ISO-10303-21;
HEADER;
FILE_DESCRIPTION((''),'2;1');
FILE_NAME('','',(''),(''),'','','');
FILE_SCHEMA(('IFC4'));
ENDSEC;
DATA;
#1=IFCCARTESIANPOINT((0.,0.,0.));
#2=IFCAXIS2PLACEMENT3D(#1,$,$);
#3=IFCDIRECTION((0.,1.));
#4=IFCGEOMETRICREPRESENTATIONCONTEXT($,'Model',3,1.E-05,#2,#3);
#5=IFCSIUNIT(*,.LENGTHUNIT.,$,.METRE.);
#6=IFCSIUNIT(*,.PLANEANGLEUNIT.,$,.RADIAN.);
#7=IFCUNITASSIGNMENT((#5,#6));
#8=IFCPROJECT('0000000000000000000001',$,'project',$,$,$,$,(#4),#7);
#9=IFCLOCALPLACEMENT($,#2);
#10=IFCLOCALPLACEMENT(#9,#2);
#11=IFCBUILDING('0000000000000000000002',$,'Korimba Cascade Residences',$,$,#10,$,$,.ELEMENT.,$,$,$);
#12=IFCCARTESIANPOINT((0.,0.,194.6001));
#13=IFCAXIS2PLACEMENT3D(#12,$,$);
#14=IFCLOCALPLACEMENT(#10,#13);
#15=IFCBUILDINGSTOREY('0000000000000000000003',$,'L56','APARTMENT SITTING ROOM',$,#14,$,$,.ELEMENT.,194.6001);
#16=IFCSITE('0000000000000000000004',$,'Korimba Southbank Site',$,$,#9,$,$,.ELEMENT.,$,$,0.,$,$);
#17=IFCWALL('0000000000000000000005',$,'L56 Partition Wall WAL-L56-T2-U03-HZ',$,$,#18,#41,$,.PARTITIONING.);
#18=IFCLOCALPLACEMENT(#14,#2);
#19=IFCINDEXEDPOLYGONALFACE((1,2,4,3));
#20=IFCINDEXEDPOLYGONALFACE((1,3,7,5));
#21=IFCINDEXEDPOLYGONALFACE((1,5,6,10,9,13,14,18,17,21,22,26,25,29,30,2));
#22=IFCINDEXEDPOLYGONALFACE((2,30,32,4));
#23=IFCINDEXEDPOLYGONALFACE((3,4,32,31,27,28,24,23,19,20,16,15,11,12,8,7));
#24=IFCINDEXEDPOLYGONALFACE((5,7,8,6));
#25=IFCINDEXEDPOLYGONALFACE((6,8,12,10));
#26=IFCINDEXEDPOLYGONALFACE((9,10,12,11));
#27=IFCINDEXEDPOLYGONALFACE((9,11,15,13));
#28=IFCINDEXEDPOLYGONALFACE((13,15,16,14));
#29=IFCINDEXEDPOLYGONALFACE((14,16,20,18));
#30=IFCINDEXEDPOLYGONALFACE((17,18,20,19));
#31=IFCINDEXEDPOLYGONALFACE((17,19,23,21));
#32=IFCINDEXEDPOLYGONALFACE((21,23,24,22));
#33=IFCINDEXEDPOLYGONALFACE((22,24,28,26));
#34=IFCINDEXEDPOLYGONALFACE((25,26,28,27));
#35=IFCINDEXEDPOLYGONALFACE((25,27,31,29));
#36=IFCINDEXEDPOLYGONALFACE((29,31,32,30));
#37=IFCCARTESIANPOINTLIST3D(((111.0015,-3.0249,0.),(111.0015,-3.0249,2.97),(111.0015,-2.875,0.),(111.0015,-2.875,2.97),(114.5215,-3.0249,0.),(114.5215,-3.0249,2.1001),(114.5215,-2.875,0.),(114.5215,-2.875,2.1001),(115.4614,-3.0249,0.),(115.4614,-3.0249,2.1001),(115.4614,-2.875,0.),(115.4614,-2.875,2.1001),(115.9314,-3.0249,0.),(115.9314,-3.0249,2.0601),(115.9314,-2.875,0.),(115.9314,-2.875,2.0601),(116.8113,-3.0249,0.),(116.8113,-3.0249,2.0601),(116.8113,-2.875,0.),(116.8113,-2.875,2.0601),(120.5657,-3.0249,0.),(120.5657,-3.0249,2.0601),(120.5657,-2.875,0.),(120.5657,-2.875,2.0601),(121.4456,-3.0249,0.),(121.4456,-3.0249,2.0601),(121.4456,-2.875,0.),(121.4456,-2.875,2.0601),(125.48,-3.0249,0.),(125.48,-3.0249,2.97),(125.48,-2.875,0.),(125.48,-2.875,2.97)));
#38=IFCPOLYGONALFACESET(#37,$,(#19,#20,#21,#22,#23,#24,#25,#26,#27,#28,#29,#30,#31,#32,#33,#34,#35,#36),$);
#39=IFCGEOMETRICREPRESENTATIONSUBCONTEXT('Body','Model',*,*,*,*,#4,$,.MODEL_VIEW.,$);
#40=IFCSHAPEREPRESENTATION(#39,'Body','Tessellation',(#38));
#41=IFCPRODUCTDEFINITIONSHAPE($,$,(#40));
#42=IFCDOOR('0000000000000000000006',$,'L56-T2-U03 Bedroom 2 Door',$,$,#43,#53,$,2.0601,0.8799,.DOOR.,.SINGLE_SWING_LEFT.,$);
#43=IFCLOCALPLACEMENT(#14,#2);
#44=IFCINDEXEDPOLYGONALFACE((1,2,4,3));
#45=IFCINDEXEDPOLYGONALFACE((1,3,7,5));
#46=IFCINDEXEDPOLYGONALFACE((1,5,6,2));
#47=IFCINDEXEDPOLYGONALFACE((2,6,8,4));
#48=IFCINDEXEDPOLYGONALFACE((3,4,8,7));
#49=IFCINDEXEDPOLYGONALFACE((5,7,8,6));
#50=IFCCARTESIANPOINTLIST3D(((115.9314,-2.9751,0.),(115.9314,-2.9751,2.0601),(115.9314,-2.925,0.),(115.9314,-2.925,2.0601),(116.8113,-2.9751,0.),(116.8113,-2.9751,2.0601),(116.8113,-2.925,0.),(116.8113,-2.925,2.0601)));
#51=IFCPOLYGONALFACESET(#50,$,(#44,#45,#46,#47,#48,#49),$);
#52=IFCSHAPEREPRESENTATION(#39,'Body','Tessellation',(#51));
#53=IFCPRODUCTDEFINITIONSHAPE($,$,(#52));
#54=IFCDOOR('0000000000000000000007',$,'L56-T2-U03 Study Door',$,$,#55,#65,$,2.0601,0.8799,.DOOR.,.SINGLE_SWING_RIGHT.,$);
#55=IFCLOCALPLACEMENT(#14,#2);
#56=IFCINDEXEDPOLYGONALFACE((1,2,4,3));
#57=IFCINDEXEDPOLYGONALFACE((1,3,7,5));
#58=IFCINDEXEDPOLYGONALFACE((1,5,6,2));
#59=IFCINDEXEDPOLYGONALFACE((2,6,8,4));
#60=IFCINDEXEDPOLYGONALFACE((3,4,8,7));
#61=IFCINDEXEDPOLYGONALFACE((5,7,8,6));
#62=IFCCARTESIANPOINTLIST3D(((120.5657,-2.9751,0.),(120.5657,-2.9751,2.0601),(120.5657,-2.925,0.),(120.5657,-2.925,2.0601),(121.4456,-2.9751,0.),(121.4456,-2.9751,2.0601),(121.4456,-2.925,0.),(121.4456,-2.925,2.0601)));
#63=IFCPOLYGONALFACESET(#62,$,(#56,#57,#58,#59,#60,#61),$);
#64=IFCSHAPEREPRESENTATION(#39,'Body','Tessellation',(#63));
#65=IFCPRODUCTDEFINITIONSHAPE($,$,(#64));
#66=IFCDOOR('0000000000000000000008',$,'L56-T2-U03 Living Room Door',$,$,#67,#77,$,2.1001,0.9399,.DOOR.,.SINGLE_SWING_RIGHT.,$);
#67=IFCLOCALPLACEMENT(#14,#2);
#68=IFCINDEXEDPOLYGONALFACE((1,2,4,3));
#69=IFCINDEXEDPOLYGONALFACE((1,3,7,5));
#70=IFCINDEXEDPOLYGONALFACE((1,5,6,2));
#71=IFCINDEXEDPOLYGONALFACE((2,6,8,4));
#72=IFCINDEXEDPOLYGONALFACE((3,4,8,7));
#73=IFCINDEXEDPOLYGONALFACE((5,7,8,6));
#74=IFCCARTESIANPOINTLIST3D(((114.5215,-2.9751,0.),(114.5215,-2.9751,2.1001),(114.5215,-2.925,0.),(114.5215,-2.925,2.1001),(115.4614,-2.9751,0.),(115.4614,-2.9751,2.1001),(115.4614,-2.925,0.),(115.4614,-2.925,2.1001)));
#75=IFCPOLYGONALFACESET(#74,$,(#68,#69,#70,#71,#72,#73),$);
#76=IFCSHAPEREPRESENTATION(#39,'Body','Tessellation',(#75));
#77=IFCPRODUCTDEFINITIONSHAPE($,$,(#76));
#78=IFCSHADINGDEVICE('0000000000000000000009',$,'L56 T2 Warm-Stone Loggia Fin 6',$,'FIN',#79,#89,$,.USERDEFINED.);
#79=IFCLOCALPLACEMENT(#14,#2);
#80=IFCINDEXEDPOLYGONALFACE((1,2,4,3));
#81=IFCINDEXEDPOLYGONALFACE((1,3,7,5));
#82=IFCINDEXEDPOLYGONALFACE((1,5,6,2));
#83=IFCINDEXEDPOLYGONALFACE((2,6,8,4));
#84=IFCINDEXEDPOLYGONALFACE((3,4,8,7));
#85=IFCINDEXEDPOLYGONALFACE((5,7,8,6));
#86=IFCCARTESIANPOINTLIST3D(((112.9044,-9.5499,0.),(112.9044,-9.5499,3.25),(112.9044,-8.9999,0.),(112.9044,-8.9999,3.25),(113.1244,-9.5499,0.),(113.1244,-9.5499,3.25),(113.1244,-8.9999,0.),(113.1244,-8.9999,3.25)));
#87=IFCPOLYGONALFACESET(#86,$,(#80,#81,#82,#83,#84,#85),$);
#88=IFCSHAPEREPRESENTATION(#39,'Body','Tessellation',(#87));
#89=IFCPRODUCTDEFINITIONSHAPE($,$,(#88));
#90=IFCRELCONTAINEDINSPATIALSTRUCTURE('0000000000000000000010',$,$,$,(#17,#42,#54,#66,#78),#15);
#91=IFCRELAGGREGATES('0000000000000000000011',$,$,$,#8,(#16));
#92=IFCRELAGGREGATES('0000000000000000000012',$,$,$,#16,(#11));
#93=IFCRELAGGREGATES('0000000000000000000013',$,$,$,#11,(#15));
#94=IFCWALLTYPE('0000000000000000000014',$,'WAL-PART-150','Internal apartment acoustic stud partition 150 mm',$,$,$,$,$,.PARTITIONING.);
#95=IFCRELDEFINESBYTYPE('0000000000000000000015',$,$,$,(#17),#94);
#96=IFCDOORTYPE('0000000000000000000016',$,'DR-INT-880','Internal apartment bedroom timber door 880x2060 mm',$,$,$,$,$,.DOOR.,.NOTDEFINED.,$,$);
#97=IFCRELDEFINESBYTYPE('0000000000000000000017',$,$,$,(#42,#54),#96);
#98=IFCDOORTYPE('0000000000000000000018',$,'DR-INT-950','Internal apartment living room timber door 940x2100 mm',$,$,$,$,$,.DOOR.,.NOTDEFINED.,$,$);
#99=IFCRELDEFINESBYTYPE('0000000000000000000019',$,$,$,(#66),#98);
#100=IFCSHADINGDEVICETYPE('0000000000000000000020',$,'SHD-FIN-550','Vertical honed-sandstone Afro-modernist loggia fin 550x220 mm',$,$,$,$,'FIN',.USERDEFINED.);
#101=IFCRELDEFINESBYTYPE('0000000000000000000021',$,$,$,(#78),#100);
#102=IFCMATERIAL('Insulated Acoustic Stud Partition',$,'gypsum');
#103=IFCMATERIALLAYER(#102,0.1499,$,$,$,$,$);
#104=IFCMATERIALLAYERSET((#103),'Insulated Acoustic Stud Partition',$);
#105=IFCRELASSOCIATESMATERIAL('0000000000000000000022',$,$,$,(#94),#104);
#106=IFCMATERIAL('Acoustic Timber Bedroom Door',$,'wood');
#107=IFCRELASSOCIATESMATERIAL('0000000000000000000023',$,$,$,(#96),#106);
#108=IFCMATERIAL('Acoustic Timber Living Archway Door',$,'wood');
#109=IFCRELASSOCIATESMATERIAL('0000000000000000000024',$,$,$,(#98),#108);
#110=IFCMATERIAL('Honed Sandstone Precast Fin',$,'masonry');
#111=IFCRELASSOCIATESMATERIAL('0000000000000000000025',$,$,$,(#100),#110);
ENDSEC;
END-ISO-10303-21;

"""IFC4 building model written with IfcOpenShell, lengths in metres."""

from ifc_helpers import new_model, si_unit, direction, frame, frame_2d, origin, origin_2d, place, context, subcontext, project, spatial, rectangle, extrude, material, layer, layer_set, type_object, element, fill, save


model = new_model("IFC4")

# Units and contexts
model_context = context("Model", 3, precision=1e-05, world=origin(), true_north=direction((0.0, 1.0)))
body_context = subcontext(model_context, "Body", "Model", "MODEL_VIEW")
ifc_project = project(units=[si_unit("LENGTHUNIT", "METRE"), si_unit("PLANEANGLEUNIT", "RADIAN")], contexts=[model_context])

# Site, building, storey
site_placement = place(None, origin())
site = spatial("IfcSite", under=ifc_project, at=site_placement, Name="Korimba Southbank Site", CompositionType="ELEMENT", RefElevation=0.0)
building_placement = place(site_placement, origin())
building = spatial("IfcBuilding", under=site, at=building_placement, Name="Korimba Cascade Residences", CompositionType="ELEMENT")
storey_placement = place(building_placement, frame((0.0, 0.0, 194.6001)))
storey = spatial("IfcBuildingStorey", under=building, at=storey_placement, Name="L56", Description="APARTMENT SITTING ROOM", CompositionType="ELEMENT", Elevation=194.6001)

# Shared definitions
ifc_material_1 = material(Name="Insulated Acoustic Stud Partition", Category="gypsum")
ifc_layer_1 = layer(ifc_material_1, 0.1499)
ifc_layer_set_1 = layer_set([ifc_layer_1], Name="Insulated Acoustic Stud Partition")
wall_type_1 = type_object("IfcWallType", Name="WAL-PART-150", Description="Internal apartment acoustic stud partition 150 mm", PredefinedType="PARTITIONING", material=ifc_layer_set_1)

# Shared definitions
ifc_material_2 = material(Name="Acoustic Timber Bedroom Door", Category="wood")
door_type_1 = type_object("IfcDoorType", Name="DR-INT-880", Description="Internal apartment bedroom timber door 880x2060 mm", OperationType="NOTDEFINED", PredefinedType="DOOR", material=ifc_material_2)

# Wall, openings, doors
wall_1_placement = place(storey_placement, frame((111.0015, -2.95, 0.0), z_axis=(0.0, 0.0, 1.0), x_axis=(1.0, 0.0, 0.0)))
wall_1 = element("IfcWall", 1, at=wall_1_placement, inside=storey, type_object=wall_type_1, Name="L56 Partition Wall WAL-L56-T2-U03-HZ", PredefinedType="PARTITIONING", context=body_context, shape_type="SweptSolid", body=[
    extrude(rectangle(XDim=14.4785, YDim=0.1499, at=frame_2d((7.2393, 0.0))), origin(), (0.0, 0.0, 1.0), 2.97),
])
opening_1_placement = place(wall_1_placement, frame((3.52, 0.0, 0.0)))
opening_1 = element("IfcOpeningElement", 2, at=opening_1_placement, cuts=wall_1, PredefinedType="OPENING", context=body_context, shape_type="SweptSolid", body=[
    extrude(rectangle(XDim=0.9399, YDim=2.1001, at=frame_2d((0.47, 1.05))), frame((0.0, 0.085, 0.0), z_axis=(0.0, -1.0, 0.0), x_axis=(1.0, 0.0, 0.0)), (0.0, 0.0, 1.0), 0.1699),
])
opening_2_placement = place(wall_1_placement, frame((4.9299, 0.0, 0.0)))
opening_2 = element("IfcOpeningElement", 3, at=opening_2_placement, cuts=wall_1, PredefinedType="OPENING", context=body_context, shape_type="SweptSolid", body=[
    extrude(rectangle(XDim=0.8799, YDim=2.0601, at=frame_2d((0.4399, 1.03))), frame((0.0, 0.085, 0.0), z_axis=(0.0, -1.0, 0.0), x_axis=(1.0, 0.0, 0.0)), (0.0, 0.0, 1.0), 0.1699),
])
opening_3_placement = place(wall_1_placement, frame((9.5642, 0.0, 0.0)))
opening_3 = element("IfcOpeningElement", 4, at=opening_3_placement, cuts=wall_1, PredefinedType="OPENING", context=body_context, shape_type="SweptSolid", body=[
    extrude(rectangle(XDim=0.8799, YDim=2.0601, at=frame_2d((0.4399, 1.03))), frame((0.0, 0.085, 0.0), z_axis=(0.0, -1.0, 0.0), x_axis=(1.0, 0.0, 0.0)), (0.0, 0.0, 1.0), 0.1699),
])
door_1_placement = place(opening_2_placement, origin())
door_1 = element("IfcDoor", 5, at=door_1_placement, inside=storey, type_object=door_type_1, Name="L56-T2-U03 Bedroom 2 Door", OperationType="SINGLE_SWING_LEFT", OverallHeight=2.0601, OverallWidth=0.8799, PredefinedType="DOOR", context=body_context, shape_type="SweptSolid", body=[
    extrude(rectangle(XDim=0.8799, YDim=2.0601, at=frame_2d((0.4399, 1.03))), frame((0.0, 0.0249, 0.0), z_axis=(0.0, -1.0, 0.0), x_axis=(1.0, 0.0, 0.0)), (0.0, 0.0, 1.0), 0.05),
])
fill(opening_2, door_1)
door_2_placement = place(opening_3_placement, origin())
door_2 = element("IfcDoor", 6, at=door_2_placement, inside=storey, type_object=door_type_1, Name="L56-T2-U03 Study Door", OperationType="SINGLE_SWING_RIGHT", OverallHeight=2.0601, OverallWidth=0.8799, PredefinedType="DOOR", context=body_context, shape_type="SweptSolid", body=[
    extrude(rectangle(XDim=0.8799, YDim=2.0601, at=frame_2d((0.4399, 1.03))), frame((0.0, 0.0249, 0.0), z_axis=(0.0, -1.0, 0.0), x_axis=(1.0, 0.0, 0.0)), (0.0, 0.0, 1.0), 0.05),
])
fill(opening_3, door_2)
ifc_material_3 = material(Name="Acoustic Timber Living Archway Door", Category="wood")
door_type_2 = type_object("IfcDoorType", Name="DR-INT-950", Description="Internal apartment living room timber door 940x2100 mm", OperationType="NOTDEFINED", PredefinedType="DOOR", material=ifc_material_3)
door_3_placement = place(opening_1_placement, origin())
door_3 = element("IfcDoor", 7, at=door_3_placement, inside=storey, type_object=door_type_2, Name="L56-T2-U03 Living Room Door", OperationType="SINGLE_SWING_RIGHT", OverallHeight=2.1001, OverallWidth=0.9399, PredefinedType="DOOR", context=body_context, shape_type="SweptSolid", body=[
    extrude(rectangle(XDim=0.9399, YDim=2.1001, at=frame_2d((0.47, 1.05))), frame((0.0, 0.0249, 0.0), z_axis=(0.0, -1.0, 0.0), x_axis=(1.0, 0.0, 0.0)), (0.0, 0.0, 1.0), 0.05),
])
fill(opening_1, door_3)

# Shading device
ifc_material_4 = material(Name="Honed Sandstone Precast Fin", Category="masonry")
shading_device_type = type_object("IfcShadingDeviceType", Name="SHD-FIN-550", Description="Vertical honed-sandstone Afro-modernist loggia fin 550x220 mm", ElementType="FIN", PredefinedType="USERDEFINED", material=ifc_material_4)
shading_device_placement = place(storey_placement, frame((113.0144, -9.2749, 0.0), z_axis=(0.0, 0.0, 1.0), x_axis=(1.0, 0.0, 0.0)))
element("IfcShadingDevice", 8, at=shading_device_placement, inside=storey, type_object=shading_device_type, Name="L56 T2 Warm-Stone Loggia Fin 6", ObjectType="FIN", PredefinedType="USERDEFINED", context=body_context, shape_type="SweptSolid", body=[
    extrude(rectangle(XDim=0.22, YDim=0.55, at=origin_2d()), origin(), (0.0, 0.0, 1.0), 3.25),
])

save(model, "model.ifc")
